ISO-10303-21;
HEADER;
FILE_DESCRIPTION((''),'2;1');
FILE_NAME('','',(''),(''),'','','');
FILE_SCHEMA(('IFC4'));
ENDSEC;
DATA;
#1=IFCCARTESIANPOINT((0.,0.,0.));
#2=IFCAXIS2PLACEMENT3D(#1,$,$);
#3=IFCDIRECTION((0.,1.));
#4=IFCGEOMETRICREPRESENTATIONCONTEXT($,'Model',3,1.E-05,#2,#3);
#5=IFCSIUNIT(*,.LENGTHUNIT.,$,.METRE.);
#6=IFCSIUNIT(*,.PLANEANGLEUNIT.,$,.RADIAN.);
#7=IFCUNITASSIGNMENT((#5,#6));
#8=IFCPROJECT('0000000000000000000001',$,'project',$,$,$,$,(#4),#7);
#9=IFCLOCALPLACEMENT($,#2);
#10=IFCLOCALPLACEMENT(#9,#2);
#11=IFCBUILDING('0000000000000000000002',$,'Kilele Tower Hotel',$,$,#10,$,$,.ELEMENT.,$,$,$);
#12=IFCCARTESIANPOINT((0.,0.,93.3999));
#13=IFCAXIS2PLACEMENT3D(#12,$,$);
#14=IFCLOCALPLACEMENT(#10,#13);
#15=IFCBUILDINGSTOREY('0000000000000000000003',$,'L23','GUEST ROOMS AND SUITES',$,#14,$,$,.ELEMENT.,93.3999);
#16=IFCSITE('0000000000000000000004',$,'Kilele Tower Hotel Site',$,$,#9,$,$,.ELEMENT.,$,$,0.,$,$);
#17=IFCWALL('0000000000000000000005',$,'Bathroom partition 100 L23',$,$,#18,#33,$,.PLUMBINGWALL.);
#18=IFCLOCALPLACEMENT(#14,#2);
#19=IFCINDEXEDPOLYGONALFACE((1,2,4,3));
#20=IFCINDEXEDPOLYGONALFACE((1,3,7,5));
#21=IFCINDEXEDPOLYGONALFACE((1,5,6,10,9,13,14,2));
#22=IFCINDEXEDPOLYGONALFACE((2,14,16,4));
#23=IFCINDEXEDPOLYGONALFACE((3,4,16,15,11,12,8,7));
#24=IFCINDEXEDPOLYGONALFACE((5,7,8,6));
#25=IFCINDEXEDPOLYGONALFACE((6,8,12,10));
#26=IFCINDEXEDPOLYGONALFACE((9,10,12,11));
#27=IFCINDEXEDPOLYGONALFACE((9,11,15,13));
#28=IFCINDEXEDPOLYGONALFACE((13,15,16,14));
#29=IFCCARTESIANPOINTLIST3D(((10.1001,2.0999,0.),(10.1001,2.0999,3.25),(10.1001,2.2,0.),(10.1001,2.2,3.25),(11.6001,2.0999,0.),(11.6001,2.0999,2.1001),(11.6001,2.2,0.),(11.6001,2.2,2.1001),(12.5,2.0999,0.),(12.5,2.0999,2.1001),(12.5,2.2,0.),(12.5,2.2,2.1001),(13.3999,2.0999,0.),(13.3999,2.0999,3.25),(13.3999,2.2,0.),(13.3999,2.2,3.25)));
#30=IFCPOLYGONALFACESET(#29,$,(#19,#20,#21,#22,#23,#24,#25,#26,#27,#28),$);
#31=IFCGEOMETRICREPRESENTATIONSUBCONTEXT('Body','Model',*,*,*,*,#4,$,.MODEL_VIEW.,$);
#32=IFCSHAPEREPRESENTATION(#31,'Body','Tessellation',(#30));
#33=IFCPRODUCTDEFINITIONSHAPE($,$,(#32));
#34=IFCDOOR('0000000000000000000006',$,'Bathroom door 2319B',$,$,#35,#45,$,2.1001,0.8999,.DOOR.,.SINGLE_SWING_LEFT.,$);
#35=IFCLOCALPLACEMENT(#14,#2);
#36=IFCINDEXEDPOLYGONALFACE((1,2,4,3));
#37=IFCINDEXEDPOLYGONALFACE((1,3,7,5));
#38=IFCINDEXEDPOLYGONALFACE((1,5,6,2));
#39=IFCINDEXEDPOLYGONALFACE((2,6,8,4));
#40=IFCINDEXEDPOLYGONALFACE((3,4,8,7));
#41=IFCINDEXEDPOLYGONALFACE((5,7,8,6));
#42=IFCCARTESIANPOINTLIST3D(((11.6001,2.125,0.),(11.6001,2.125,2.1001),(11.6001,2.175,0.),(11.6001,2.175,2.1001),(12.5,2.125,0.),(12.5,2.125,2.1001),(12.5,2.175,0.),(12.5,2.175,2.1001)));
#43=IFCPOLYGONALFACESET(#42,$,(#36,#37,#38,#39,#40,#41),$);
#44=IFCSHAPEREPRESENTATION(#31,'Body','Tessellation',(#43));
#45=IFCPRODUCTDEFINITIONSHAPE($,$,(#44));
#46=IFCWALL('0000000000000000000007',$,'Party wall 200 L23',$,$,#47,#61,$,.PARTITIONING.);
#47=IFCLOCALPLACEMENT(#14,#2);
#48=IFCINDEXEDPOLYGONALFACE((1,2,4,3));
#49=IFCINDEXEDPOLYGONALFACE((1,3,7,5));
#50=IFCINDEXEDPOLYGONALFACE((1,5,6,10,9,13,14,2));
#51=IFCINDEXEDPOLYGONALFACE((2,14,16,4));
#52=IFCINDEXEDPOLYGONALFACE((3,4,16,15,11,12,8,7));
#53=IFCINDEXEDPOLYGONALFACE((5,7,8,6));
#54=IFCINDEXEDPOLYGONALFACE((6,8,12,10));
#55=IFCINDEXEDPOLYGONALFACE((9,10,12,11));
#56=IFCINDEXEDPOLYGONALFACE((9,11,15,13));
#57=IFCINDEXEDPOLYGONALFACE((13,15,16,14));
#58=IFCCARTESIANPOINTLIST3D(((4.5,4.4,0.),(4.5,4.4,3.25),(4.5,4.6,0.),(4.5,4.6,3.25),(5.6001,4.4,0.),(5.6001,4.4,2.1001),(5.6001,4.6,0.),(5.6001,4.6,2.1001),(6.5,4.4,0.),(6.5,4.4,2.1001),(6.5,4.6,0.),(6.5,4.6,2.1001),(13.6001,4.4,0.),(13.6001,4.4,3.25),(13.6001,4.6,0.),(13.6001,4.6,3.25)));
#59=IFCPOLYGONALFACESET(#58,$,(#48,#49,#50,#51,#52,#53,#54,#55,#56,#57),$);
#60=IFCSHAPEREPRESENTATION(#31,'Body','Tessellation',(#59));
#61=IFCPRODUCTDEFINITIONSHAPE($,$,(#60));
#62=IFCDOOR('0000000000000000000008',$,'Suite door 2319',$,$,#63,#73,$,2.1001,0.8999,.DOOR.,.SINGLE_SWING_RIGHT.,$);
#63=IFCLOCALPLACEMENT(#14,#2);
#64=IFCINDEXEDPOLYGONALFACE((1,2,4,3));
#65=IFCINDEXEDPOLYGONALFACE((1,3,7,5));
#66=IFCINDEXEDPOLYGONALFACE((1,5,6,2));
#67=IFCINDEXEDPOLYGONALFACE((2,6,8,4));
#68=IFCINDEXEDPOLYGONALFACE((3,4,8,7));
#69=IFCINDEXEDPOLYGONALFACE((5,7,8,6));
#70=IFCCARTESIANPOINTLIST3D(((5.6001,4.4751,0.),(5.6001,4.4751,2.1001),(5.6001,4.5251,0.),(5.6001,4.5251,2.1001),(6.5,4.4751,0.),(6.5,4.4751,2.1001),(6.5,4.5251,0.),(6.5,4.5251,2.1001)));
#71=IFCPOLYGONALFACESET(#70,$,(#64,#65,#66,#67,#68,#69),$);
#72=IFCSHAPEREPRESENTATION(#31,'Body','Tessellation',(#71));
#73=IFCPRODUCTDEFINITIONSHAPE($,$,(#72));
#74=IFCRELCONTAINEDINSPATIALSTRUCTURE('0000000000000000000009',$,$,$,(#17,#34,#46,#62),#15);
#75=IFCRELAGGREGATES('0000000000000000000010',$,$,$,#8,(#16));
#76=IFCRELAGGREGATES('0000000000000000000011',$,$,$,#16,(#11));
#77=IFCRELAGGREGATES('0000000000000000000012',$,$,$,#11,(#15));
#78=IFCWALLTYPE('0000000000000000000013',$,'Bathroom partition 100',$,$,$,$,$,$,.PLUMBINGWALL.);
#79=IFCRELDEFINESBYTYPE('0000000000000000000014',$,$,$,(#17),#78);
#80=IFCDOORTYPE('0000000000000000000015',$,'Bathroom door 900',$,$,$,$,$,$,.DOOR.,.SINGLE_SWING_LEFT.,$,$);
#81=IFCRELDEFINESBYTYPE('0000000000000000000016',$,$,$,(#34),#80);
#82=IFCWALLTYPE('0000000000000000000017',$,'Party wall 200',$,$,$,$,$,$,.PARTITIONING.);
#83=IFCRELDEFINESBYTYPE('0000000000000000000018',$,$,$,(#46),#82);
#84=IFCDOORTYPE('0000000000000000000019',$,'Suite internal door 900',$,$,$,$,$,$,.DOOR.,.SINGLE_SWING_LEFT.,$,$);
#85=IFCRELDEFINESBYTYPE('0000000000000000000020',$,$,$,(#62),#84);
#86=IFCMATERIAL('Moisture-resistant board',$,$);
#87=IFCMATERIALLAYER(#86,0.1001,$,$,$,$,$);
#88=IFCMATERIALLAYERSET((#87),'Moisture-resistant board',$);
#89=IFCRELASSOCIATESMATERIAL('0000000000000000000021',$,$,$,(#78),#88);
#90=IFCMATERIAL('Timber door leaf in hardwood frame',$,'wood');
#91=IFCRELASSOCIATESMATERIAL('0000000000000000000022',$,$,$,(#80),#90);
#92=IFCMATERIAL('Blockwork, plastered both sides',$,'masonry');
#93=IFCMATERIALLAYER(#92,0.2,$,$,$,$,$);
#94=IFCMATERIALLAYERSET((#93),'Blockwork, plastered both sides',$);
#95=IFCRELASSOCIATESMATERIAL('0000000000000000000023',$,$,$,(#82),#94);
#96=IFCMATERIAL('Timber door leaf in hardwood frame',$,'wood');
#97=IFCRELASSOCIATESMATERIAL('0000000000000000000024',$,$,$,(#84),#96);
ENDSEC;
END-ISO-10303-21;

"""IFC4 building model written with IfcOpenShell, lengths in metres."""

from ifc_helpers import new_model, si_unit, direction, frame, frame_2d, origin, place, context, subcontext, project, spatial, rectangle, extrude, material, layer, layer_set, type_object, element, fill, save


model = new_model("IFC4")

# Units and contexts
model_context = context("Model", 3, precision=1e-05, world=origin(), true_north=direction((0.0, 1.0)))
body_context = subcontext(model_context, "Body", "Model", "MODEL_VIEW")
ifc_project = project(units=[si_unit("LENGTHUNIT", "METRE"), si_unit("PLANEANGLEUNIT", "RADIAN")], contexts=[model_context])

# Site, building, storey
site_placement = place(None, origin())
site = spatial("IfcSite", under=ifc_project, at=site_placement, Name="Kilele Tower Hotel Site", CompositionType="ELEMENT", RefElevation=0.0)
building_placement = place(site_placement, origin())
building = spatial("IfcBuilding", under=site, at=building_placement, Name="Kilele Tower Hotel", CompositionType="ELEMENT")
storey_placement = place(building_placement, frame((0.0, 0.0, 93.3999)))
storey = spatial("IfcBuildingStorey", under=building, at=storey_placement, Name="L23", Description="GUEST ROOMS AND SUITES", CompositionType="ELEMENT", Elevation=93.3999)

# Shared definitions
ifc_material_1 = material(Name="Moisture-resistant board")
ifc_layer_1 = layer(ifc_material_1, 0.1001)
ifc_layer_set_1 = layer_set([ifc_layer_1], Name="Moisture-resistant board")
wall_type_1 = type_object("IfcWallType", Name="Bathroom partition 100", PredefinedType="PLUMBINGWALL", material=ifc_layer_set_1)

# Walls, openings, doors
ifc_material_2 = material(Name="Timber door leaf in hardwood frame", Category="wood")
door_type_1 = type_object("IfcDoorType", Name="Bathroom door 900", OperationType="SINGLE_SWING_LEFT", PredefinedType="DOOR", material=ifc_material_2)
wall_1_placement = place(storey_placement, frame((13.3999, 2.1499, 0.0), z_axis=(0.0, 0.0, 1.0), x_axis=(-1.0, 0.0, 0.0)))
wall_1 = element("IfcWall", 1, at=wall_1_placement, inside=storey, type_object=wall_type_1, Name="Bathroom partition 100 L23", PredefinedType="PLUMBINGWALL", context=body_context, shape_type="SweptSolid", body=[
    extrude(rectangle(XDim=3.2998, YDim=0.1001, at=frame_2d((1.6499, 0.0))), origin(), (0.0, 0.0, 1.0), 3.25),
])
opening_1_placement = place(wall_1_placement, frame((0.8999, 0.0, 0.0)))
opening_1 = element("IfcOpeningElement", 2, at=opening_1_placement, cuts=wall_1, PredefinedType="OPENING", context=body_context, shape_type="SweptSolid", body=[
    extrude(rectangle(XDim=0.8999, YDim=2.1001, at=frame_2d((0.45, 1.05))), frame((0.0, 0.0601, 0.0), z_axis=(0.0, -1.0, 0.0), x_axis=(1.0, 0.0, 0.0)), (0.0, 0.0, 1.0), 0.1201),
])
door_1_placement = place(opening_1_placement, origin())
door_1 = element("IfcDoor", 3, at=door_1_placement, inside=storey, type_object=door_type_1, Name="Bathroom door 2319B", OperationType="SINGLE_SWING_LEFT", OverallHeight=2.1001, OverallWidth=0.8999, PredefinedType="DOOR", context=body_context, shape_type="SweptSolid", body=[
    extrude(rectangle(XDim=0.8999, YDim=2.1001, at=frame_2d((0.45, 1.05))), frame((0.0, 0.0249, 0.0), z_axis=(0.0, -1.0, 0.0), x_axis=(1.0, 0.0, 0.0)), (0.0, 0.0, 1.0), 0.05),
])
fill(opening_1, door_1)
ifc_material_3 = material(Name="Blockwork, plastered both sides", Category="masonry")
ifc_layer_2 = layer(ifc_material_3, 0.2)
ifc_layer_set_2 = layer_set([ifc_layer_2], Name="Blockwork, plastered both sides")
wall_type_2 = type_object("IfcWallType", Name="Party wall 200", PredefinedType="PARTITIONING", material=ifc_layer_set_2)
wall_2_placement = place(storey_placement, frame((13.6001, 4.5, 0.0), z_axis=(0.0, 0.0, 1.0), x_axis=(-1.0, 0.0, 0.0)))
wall_2 = element("IfcWall", 4, at=wall_2_placement, inside=storey, type_object=wall_type_2, Name="Party wall 200 L23", PredefinedType="PARTITIONING", context=body_context, shape_type="SweptSolid", body=[
    extrude(rectangle(XDim=9.1001, YDim=0.2, at=frame_2d((4.55, 0.0))), origin(), (0.0, 0.0, 1.0), 3.25),
])
opening_2_placement = place(wall_2_placement, frame((7.1001, 0.0, 0.0)))
opening_2 = element("IfcOpeningElement", 5, at=opening_2_placement, cuts=wall_2, PredefinedType="OPENING", context=body_context, shape_type="SweptSolid", body=[
    extrude(rectangle(XDim=0.8999, YDim=2.1001, at=frame_2d((0.45, 1.05))), frame((0.0, 0.1099, 0.0), z_axis=(0.0, -1.0, 0.0), x_axis=(1.0, 0.0, 0.0)), (0.0, 0.0, 1.0), 0.22),
])
ifc_material_4 = material(Name="Timber door leaf in hardwood frame", Category="wood")
door_type_2 = type_object("IfcDoorType", Name="Suite internal door 900", OperationType="SINGLE_SWING_LEFT", PredefinedType="DOOR", material=ifc_material_4)
door_2_placement = place(opening_2_placement, origin())
door_2 = element("IfcDoor", 6, at=door_2_placement, inside=storey, type_object=door_type_2, Name="Suite door 2319", OperationType="SINGLE_SWING_RIGHT", OverallHeight=2.1001, OverallWidth=0.8999, PredefinedType="DOOR", context=body_context, shape_type="SweptSolid", body=[
    extrude(rectangle(XDim=0.8999, YDim=2.1001, at=frame_2d((0.45, 1.05))), frame((0.0, 0.0249, 0.0), z_axis=(0.0, -1.0, 0.0), x_axis=(1.0, 0.0, 0.0)), (0.0, 0.0, 1.0), 0.05),
])
fill(opening_2, door_2)

save(model, "model.ifc")
